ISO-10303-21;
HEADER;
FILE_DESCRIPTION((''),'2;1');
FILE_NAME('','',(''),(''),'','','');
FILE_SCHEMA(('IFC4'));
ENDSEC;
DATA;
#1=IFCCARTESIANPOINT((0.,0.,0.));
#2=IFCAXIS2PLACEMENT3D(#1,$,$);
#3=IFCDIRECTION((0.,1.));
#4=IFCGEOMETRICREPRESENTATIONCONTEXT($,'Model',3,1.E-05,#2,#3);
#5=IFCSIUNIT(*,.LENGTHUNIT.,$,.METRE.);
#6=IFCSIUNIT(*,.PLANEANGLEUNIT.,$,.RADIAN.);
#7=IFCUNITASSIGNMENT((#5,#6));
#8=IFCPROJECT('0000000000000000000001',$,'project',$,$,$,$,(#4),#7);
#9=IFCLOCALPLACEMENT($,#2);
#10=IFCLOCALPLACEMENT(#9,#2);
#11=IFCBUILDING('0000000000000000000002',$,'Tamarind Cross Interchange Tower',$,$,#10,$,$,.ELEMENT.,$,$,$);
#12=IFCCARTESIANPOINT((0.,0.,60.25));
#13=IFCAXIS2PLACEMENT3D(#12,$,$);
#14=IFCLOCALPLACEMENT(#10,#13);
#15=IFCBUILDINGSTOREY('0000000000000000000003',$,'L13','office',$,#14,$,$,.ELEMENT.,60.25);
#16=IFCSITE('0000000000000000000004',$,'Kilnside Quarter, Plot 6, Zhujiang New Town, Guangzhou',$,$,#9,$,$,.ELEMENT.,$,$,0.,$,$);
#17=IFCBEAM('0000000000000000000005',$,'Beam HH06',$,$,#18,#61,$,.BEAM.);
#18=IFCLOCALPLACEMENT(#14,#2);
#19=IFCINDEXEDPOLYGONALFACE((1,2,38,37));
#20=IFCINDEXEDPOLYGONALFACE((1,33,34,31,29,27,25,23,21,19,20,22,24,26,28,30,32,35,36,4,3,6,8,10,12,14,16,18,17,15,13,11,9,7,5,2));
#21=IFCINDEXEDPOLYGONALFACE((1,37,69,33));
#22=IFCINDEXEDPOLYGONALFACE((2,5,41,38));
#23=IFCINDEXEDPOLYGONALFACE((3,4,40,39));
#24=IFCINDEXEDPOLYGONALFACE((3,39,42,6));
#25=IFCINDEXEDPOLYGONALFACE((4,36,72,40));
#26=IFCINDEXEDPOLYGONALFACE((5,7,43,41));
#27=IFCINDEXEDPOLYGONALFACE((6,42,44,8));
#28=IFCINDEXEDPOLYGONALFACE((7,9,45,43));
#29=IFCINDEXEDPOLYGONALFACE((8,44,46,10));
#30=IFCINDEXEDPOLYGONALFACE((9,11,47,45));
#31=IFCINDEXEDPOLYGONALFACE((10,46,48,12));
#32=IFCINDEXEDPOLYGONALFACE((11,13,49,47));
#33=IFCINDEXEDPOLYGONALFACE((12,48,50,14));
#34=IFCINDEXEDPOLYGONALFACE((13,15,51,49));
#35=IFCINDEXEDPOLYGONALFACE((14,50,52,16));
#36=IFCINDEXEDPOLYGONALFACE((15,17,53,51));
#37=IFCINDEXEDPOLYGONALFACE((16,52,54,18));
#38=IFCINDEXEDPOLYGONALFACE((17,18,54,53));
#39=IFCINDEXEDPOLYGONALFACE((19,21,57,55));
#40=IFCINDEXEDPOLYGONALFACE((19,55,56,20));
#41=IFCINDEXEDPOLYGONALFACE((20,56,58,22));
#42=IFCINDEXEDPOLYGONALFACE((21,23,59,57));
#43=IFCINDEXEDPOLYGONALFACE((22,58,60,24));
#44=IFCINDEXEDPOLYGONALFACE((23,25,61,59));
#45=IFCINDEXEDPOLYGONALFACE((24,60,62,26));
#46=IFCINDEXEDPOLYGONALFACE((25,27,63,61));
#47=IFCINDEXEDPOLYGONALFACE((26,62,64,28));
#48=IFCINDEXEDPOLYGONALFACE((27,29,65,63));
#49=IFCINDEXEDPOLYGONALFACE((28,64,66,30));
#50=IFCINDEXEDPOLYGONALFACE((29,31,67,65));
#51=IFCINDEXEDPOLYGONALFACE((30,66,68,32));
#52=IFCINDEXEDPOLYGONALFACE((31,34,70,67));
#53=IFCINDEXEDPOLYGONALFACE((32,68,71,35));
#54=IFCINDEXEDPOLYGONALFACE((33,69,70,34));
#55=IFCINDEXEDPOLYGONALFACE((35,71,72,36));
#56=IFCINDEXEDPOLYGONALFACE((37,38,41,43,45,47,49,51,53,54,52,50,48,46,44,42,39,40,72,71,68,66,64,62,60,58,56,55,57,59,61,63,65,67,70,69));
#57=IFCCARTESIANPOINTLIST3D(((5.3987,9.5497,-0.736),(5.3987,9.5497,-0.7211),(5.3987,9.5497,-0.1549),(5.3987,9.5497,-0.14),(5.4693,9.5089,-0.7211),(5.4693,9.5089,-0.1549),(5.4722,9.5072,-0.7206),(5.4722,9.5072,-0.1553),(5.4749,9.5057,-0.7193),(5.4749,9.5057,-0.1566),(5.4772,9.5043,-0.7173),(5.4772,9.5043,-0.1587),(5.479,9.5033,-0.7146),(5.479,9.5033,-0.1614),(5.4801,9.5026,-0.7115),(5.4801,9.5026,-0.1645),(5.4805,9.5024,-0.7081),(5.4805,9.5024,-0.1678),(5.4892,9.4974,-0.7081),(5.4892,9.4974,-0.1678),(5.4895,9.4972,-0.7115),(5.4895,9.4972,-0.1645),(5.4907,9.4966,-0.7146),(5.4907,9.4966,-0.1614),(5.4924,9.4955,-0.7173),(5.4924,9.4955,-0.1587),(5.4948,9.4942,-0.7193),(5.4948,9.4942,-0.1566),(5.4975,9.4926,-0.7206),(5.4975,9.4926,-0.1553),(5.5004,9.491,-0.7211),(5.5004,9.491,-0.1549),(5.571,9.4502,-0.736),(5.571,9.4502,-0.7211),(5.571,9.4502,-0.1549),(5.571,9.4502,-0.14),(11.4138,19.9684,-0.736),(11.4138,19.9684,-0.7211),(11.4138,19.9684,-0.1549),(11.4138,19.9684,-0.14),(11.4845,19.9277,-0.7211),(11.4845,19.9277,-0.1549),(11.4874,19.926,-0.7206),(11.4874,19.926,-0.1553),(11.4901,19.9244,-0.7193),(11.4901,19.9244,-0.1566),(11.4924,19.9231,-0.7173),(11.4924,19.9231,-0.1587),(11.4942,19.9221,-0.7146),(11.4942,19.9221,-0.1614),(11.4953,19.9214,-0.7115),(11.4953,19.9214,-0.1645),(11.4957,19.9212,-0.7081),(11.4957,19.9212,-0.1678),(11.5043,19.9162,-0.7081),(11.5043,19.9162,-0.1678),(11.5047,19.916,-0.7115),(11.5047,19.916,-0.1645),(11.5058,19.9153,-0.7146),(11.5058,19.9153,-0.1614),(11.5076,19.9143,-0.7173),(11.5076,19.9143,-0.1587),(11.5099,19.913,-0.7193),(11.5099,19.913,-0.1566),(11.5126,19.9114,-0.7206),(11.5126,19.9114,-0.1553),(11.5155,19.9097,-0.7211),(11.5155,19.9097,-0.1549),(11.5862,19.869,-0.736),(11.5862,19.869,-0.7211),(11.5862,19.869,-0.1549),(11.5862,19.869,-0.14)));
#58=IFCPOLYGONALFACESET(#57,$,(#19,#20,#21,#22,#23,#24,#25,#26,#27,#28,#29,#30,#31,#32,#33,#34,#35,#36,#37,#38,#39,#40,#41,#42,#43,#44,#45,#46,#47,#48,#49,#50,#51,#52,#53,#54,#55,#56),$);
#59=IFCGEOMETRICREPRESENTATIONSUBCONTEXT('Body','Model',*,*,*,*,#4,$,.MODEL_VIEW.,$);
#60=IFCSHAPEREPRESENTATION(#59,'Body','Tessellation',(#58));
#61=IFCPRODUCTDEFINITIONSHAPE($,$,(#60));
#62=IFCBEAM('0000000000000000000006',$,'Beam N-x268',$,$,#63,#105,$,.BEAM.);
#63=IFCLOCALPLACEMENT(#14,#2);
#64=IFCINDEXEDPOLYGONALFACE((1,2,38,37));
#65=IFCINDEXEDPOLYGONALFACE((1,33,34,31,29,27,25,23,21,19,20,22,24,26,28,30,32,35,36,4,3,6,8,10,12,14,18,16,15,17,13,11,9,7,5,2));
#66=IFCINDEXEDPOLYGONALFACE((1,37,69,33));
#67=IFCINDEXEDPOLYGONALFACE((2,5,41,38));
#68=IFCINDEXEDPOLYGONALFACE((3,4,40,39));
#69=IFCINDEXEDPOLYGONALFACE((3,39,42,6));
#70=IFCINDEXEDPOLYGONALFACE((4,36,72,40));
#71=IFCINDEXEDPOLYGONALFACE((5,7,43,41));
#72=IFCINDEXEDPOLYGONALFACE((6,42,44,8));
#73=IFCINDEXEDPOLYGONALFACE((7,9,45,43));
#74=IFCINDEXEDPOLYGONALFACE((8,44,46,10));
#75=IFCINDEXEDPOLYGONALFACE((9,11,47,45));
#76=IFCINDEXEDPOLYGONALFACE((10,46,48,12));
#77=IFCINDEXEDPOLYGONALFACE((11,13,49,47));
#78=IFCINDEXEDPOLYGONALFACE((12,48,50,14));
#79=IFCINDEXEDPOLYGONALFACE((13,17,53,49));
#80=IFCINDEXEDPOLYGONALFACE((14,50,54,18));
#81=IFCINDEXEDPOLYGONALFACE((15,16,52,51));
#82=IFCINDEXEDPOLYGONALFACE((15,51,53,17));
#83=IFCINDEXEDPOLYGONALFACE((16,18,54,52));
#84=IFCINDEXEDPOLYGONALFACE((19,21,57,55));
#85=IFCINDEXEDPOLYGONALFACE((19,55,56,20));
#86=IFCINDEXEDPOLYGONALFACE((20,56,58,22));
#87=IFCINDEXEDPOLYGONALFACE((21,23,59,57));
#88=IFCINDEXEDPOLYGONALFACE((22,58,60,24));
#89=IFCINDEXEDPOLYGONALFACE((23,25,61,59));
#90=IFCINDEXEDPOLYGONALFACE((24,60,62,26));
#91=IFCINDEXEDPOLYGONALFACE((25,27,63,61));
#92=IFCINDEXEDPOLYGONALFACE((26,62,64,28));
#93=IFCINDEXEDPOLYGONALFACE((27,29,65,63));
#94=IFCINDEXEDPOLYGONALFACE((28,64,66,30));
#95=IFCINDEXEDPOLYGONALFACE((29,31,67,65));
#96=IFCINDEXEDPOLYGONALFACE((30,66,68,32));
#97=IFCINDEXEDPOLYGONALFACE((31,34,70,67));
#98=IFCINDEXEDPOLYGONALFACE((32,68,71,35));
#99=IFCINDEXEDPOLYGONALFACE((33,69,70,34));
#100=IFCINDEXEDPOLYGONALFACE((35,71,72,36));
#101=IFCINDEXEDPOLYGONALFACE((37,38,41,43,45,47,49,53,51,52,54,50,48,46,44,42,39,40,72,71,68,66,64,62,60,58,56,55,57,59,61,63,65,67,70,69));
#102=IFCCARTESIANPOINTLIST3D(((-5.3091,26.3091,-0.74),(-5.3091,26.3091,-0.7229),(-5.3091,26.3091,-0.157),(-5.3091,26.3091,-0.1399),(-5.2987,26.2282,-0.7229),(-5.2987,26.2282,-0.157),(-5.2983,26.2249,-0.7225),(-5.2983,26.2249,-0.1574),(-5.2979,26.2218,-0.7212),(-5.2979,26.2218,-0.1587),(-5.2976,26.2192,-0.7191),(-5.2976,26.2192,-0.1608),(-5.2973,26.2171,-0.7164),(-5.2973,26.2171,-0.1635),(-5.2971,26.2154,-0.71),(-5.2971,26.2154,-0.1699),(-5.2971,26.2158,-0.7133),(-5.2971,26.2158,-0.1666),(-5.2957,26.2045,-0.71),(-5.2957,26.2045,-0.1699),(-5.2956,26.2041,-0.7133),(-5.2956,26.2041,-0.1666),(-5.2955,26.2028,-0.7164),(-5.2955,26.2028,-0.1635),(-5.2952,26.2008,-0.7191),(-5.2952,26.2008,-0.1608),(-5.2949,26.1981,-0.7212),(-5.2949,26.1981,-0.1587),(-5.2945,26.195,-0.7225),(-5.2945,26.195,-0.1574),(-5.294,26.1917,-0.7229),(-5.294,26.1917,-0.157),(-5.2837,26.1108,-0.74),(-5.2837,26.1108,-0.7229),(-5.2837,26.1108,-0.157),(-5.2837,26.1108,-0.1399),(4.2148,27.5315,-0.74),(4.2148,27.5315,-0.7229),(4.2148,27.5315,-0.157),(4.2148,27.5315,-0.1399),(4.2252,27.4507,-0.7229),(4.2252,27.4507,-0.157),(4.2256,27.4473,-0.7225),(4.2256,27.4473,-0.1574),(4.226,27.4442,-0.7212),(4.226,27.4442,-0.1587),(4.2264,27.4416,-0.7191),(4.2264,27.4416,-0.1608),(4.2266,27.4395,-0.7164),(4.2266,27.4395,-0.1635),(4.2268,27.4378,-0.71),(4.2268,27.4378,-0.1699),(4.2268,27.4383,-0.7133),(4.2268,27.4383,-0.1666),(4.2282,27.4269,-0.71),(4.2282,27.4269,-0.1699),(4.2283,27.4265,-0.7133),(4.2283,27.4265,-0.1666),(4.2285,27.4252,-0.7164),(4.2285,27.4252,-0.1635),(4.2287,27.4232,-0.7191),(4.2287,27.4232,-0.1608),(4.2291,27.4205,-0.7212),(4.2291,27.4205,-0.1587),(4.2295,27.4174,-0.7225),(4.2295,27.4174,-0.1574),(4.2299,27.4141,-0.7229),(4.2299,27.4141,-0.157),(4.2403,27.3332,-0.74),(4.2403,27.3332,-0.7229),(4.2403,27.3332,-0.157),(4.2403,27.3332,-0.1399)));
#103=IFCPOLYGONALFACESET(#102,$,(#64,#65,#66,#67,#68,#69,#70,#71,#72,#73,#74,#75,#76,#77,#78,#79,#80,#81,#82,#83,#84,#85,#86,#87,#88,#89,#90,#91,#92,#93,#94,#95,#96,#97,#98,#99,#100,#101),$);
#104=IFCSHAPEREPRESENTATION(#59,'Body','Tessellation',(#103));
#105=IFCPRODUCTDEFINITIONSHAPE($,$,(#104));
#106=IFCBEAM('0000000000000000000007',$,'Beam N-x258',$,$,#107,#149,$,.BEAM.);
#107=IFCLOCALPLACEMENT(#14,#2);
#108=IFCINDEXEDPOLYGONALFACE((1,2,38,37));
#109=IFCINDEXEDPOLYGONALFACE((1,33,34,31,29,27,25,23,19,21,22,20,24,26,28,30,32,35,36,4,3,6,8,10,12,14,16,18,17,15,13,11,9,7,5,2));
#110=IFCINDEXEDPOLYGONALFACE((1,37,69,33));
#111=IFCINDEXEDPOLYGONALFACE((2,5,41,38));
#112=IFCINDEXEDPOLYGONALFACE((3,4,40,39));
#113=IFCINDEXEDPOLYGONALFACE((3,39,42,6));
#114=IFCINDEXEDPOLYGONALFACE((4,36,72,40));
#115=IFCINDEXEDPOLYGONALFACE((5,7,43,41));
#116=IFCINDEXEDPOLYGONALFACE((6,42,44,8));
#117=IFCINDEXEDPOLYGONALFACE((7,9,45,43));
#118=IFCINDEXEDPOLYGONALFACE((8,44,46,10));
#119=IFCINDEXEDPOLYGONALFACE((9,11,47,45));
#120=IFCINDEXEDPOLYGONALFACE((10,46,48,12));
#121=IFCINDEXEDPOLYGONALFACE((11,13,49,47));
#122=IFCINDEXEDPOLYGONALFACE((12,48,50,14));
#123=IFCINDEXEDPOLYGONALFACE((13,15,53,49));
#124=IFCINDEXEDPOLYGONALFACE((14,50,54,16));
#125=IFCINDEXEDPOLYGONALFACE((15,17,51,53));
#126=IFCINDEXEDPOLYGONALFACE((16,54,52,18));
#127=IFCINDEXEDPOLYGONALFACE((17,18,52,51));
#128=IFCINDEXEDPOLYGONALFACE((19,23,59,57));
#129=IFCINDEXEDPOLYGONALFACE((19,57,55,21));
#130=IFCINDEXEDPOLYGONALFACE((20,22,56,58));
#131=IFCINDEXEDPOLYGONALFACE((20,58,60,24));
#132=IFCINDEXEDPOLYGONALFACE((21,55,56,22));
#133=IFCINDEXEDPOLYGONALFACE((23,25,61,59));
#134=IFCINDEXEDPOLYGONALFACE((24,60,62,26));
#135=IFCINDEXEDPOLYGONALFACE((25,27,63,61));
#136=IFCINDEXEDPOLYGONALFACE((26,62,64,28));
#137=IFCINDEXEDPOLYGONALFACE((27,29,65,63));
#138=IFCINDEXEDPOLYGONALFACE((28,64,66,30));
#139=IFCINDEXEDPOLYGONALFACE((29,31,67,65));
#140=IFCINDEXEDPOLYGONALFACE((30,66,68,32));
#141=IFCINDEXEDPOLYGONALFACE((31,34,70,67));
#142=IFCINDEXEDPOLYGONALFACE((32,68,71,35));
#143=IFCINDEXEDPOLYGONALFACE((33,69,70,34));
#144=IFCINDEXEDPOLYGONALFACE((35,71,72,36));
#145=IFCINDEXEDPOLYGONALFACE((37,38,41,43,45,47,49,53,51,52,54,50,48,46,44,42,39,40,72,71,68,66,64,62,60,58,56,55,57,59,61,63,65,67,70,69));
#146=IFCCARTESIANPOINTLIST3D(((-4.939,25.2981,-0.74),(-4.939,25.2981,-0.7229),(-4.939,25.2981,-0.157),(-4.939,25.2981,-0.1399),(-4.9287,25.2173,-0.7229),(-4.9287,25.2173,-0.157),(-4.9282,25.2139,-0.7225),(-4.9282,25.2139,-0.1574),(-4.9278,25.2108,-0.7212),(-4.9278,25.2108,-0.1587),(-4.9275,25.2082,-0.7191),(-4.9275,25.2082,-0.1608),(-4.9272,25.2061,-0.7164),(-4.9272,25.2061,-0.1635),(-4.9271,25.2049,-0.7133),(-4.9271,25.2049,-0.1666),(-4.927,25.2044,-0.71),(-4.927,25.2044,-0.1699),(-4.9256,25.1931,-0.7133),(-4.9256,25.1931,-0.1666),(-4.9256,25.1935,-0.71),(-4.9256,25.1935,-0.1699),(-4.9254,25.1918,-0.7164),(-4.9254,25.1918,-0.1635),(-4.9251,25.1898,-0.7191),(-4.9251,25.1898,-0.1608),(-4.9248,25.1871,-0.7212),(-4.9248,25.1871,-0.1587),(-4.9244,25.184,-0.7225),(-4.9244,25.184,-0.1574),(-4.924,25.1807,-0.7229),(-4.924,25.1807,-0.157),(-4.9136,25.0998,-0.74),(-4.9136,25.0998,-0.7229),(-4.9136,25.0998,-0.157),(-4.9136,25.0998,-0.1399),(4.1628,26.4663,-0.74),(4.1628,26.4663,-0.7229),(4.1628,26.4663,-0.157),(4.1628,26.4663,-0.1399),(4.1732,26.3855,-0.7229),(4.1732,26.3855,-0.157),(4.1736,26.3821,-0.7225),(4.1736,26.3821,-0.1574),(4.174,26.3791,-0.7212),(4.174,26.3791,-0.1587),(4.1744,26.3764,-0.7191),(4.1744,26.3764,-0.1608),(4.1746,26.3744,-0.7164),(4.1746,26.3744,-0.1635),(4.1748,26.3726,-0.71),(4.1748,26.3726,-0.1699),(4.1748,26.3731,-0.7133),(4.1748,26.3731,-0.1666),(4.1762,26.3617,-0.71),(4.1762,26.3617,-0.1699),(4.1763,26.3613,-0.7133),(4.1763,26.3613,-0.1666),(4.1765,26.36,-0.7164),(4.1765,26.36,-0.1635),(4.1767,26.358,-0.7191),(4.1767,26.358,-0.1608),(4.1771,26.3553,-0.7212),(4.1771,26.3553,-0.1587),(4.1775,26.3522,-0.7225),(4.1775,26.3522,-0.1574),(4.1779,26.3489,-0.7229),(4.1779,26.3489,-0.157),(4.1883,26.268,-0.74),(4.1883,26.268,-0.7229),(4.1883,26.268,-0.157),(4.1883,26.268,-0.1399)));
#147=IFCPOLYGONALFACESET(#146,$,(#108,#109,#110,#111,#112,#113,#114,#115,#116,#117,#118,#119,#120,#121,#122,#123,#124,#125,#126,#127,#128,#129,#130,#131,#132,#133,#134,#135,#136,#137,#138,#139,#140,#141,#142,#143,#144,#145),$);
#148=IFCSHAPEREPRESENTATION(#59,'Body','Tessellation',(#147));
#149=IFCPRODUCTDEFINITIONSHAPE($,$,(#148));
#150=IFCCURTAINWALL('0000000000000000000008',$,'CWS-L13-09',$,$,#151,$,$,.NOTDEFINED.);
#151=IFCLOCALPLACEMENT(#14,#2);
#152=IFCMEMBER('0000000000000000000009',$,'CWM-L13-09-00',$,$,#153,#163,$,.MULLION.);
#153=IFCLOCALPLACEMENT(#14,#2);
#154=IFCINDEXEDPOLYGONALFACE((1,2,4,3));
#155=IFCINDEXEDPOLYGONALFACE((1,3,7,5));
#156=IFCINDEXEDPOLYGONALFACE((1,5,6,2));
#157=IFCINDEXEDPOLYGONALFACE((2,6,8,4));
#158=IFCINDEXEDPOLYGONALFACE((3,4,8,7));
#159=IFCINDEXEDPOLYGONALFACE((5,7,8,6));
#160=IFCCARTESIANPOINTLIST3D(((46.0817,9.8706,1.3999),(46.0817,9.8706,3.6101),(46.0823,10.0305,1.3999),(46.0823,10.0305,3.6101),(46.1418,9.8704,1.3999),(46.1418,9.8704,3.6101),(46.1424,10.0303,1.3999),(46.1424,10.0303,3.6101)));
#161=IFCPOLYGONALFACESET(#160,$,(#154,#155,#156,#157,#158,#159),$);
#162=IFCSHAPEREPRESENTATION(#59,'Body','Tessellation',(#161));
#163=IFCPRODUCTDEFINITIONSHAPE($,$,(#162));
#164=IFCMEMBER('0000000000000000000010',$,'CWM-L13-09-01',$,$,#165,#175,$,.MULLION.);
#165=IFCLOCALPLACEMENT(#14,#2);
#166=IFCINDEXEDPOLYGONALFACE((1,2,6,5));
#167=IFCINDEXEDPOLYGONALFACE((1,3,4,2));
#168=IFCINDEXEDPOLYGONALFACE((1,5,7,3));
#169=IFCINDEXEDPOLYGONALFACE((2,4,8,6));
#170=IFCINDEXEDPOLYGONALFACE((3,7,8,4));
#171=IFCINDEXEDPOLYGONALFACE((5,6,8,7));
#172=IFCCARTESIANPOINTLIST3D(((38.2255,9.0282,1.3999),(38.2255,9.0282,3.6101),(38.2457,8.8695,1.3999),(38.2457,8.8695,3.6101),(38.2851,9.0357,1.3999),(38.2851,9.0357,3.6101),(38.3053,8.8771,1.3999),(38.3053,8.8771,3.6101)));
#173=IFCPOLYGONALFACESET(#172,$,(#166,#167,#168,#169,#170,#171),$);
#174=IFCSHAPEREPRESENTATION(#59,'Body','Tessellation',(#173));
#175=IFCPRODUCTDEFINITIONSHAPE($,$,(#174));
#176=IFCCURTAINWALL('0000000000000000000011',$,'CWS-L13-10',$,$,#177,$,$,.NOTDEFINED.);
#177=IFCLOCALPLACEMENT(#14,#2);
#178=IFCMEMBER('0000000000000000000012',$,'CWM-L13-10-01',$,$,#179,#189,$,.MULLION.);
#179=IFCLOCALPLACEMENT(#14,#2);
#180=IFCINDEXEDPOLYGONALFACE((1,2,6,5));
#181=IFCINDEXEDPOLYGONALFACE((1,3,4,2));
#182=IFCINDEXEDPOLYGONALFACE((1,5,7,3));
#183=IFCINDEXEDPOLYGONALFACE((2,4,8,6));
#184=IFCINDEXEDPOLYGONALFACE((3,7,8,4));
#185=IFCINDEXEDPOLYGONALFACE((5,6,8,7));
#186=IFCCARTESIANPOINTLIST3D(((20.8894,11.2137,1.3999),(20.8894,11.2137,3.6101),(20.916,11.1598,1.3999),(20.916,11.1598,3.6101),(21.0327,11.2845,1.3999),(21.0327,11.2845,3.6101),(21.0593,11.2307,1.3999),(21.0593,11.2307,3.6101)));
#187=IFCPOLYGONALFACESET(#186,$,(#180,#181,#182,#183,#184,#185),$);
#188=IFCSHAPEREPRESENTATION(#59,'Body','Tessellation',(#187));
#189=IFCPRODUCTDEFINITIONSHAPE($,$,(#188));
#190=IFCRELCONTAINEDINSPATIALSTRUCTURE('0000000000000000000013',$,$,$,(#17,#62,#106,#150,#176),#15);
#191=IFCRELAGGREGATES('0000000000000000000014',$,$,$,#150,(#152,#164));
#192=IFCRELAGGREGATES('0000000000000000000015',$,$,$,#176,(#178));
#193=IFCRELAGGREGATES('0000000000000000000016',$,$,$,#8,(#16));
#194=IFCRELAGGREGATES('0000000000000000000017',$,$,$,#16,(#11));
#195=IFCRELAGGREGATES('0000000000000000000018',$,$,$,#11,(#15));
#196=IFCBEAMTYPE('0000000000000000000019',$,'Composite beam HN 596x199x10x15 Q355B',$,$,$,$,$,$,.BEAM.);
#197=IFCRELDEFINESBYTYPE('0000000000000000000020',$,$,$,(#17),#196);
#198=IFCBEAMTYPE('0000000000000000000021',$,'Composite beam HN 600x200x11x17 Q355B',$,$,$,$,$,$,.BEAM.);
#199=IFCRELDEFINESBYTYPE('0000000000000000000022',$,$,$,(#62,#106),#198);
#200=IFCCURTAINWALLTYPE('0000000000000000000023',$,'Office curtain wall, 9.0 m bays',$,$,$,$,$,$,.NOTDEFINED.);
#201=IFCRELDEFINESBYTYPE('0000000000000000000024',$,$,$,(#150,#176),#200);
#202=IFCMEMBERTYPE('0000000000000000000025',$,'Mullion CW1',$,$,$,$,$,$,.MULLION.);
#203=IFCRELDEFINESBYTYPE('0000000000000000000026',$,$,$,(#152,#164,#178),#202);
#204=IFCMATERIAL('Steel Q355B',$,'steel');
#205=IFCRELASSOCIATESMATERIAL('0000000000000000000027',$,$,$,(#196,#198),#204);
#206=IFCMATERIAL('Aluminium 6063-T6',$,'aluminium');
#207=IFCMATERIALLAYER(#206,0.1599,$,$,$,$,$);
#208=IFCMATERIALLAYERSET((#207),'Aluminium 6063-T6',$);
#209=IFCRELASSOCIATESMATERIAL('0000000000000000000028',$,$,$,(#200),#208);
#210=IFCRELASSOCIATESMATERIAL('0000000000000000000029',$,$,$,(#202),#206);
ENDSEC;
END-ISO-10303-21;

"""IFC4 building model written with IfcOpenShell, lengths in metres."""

from ifc_helpers import new_model, si_unit, direction, frame, origin, origin_2d, place, context, subcontext, project, spatial, rectangle, i_section, extrude, material, layer, layer_set, material_profile, profile_set, type_object, element, aggregate, save


model = new_model("IFC4")

# Units and contexts
model_context = context("Model", 3, precision=1e-05, world=origin(), true_north=direction((0.0, 1.0)))
body_context = subcontext(model_context, "Body", "Model", "MODEL_VIEW")
ifc_project = project(units=[si_unit("LENGTHUNIT", "METRE"), si_unit("PLANEANGLEUNIT", "RADIAN")], contexts=[model_context])

# Site, building, storey
site_placement = place(None, origin())
site = spatial("IfcSite", under=ifc_project, at=site_placement, Name="Kilnside Quarter, Plot 6, Zhujiang New Town, Guangzhou", CompositionType="ELEMENT", RefElevation=0.0)
building_placement = place(site_placement, origin())
building = spatial("IfcBuilding", under=site, at=building_placement, Name="Tamarind Cross Interchange Tower", CompositionType="ELEMENT")
storey_placement = place(building_placement, frame((0.0, 0.0, 60.25)))
storey = spatial("IfcBuildingStorey", under=building, at=storey_placement, Name="L13", Description="office", CompositionType="ELEMENT", Elevation=60.25)

# Beams
ifc_material_1 = material(Name="Steel Q355B", Category="steel")
ifc_material_profile_1 = material_profile(ifc_material_1, i_section(OverallWidth=0.199, OverallDepth=0.5959, WebThickness=0.01, FlangeThickness=0.0149, FilletRadius=0.0129, at=origin_2d()), Name="HN 596x199x10x15")
ifc_profile_set_1 = profile_set([ifc_material_profile_1], Name="Steel Q355B")
beam_type_1 = type_object("IfcBeamType", Name="Composite beam HN 596x199x10x15 Q355B", PredefinedType="BEAM", material=ifc_profile_set_1)
beam_1_placement = place(storey_placement, frame((11.5, 19.9187, -0.438), z_axis=(-0.499994, -0.866029, 0.0), x_axis=(0.866029, -0.499994, 0.0)))
element("IfcBeam", 1, at=beam_1_placement, inside=storey, type_object=beam_type_1, Name="Beam HH06", PredefinedType="BEAM", context=body_context, shape_type="SweptSolid", body=[
    extrude(i_section(OverallWidth=0.199, OverallDepth=0.5959, WebThickness=0.01, FlangeThickness=0.0149, FilletRadius=0.0129, at=origin_2d()), origin(), (0.0, 0.0, 1.0), 12.0305),
])
ifc_material_profile_2 = material_profile(ifc_material_1, i_section(OverallWidth=0.2, OverallDepth=0.6001, WebThickness=0.011, FlangeThickness=0.0171, FilletRadius=0.0129, at=origin_2d()), Name="HN 600x200x11x17")
ifc_profile_set_2 = profile_set([ifc_material_profile_2], Name="Steel Q355B")
beam_type_2 = type_object("IfcBeamType", Name="Composite beam HN 600x200x11x17 Q355B", PredefinedType="BEAM", material=ifc_profile_set_2)
beam_2_placement = place(storey_placement, frame((4.2275, 27.4324, -0.4399), z_axis=(-0.991863, -0.127307, 0.0), x_axis=(0.127307, -0.991863, 0.0)))
element("IfcBeam", 2, at=beam_2_placement, inside=storey, type_object=beam_type_2, Name="Beam N-x268", PredefinedType="BEAM", context=body_context, shape_type="SweptSolid", body=[
    extrude(i_section(OverallWidth=0.2, OverallDepth=0.6001, WebThickness=0.011, FlangeThickness=0.0171, FilletRadius=0.0129, at=origin_2d()), origin(), (0.0, 0.0, 1.0), 9.6021),
])
beam_3_placement = place(storey_placement, frame((4.1755, 26.3672, -0.4399), z_axis=(-0.991864, -0.127305, 0.0), x_axis=(0.127305, -0.991864, 0.0)))
element("IfcBeam", 3, at=beam_3_placement, inside=storey, type_object=beam_type_2, Name="Beam N-x258", PredefinedType="BEAM", context=body_context, shape_type="SweptSolid", body=[
    extrude(i_section(OverallWidth=0.2, OverallDepth=0.6001, WebThickness=0.011, FlangeThickness=0.0171, FilletRadius=0.0129, at=origin_2d()), origin(), (0.0, 0.0, 1.0), 9.1765),
])

# Curtain walls, members
ifc_material_2 = material(Name="Aluminium 6063-T6", Category="aluminium")
ifc_layer_1 = layer(ifc_material_2, 0.1599)
ifc_layer_set_1 = layer_set([ifc_layer_1], Name="Aluminium 6063-T6")
curtain_wall_type = type_object("IfcCurtainWallType", Name="Office curtain wall, 9.0 m bays", PredefinedType="NOTDEFINED", material=ifc_layer_set_1)
curtain_wall_1_placement = place(storey_placement, origin())
curtain_wall_1 = element("IfcCurtainWall", 4, at=curtain_wall_1_placement, inside=storey, type_object=curtain_wall_type, Name="CWS-L13-09", PredefinedType="NOTDEFINED")
ifc_material_profile_3 = material_profile(ifc_material_2, rectangle(XDim=0.0601, YDim=0.1599, at=origin_2d()), Name="Mullion CW1")
ifc_profile_set_3 = profile_set([ifc_material_profile_3], Name="Aluminium 6063-T6")
member_type = type_object("IfcMemberType", Name="Mullion CW1", PredefinedType="MULLION", material=ifc_profile_set_3)
member_1_placement = place(storey_placement, frame((46.1121, 9.9504, 1.3999), z_axis=(0.0, 0.0, 1.0), x_axis=(-0.999993, 0.003827, 0.0)))
member_1 = element("IfcMember", 5, at=member_1_placement, type_object=member_type, Name="CWM-L13-09-00", PredefinedType="MULLION", context=body_context, shape_type="SweptSolid", body=[
    extrude(rectangle(XDim=0.0601, YDim=0.1599, at=origin_2d()), origin(), (0.0, 0.0, 1.0), 2.2102),
])
member_2_placement = place(storey_placement, frame((38.2654, 8.9526, 1.3999), z_axis=(0.0, 0.0, 1.0), x_axis=(-0.99201, -0.126161, 0.0)))
member_2 = element("IfcMember", 6, at=member_2_placement, type_object=member_type, Name="CWM-L13-09-01", PredefinedType="MULLION", context=body_context, shape_type="SweptSolid", body=[
    extrude(rectangle(XDim=0.0601, YDim=0.1599, at=origin_2d()), origin(), (0.0, 0.0, 1.0), 2.2102),
])
aggregate(curtain_wall_1, [member_1, member_2])
curtain_wall_2_placement = place(storey_placement, origin())
curtain_wall_2 = element("IfcCurtainWall", 7, at=curtain_wall_2_placement, inside=storey, type_object=curtain_wall_type, Name="CWS-L13-10", PredefinedType="NOTDEFINED")
member_3_placement = place(storey_placement, frame((20.9744, 11.2222, 1.3999), z_axis=(0.0, 0.0, 1.0), x_axis=(-0.443059, 0.896493, 0.0)))
member_3 = element("IfcMember", 8, at=member_3_placement, type_object=member_type, Name="CWM-L13-10-01", PredefinedType="MULLION", context=body_context, shape_type="SweptSolid", body=[
    extrude(rectangle(XDim=0.0601, YDim=0.1599, at=origin_2d()), origin(), (0.0, 0.0, 1.0), 2.2102),
])
aggregate(curtain_wall_2, [member_3])

save(model, "model.ifc")
